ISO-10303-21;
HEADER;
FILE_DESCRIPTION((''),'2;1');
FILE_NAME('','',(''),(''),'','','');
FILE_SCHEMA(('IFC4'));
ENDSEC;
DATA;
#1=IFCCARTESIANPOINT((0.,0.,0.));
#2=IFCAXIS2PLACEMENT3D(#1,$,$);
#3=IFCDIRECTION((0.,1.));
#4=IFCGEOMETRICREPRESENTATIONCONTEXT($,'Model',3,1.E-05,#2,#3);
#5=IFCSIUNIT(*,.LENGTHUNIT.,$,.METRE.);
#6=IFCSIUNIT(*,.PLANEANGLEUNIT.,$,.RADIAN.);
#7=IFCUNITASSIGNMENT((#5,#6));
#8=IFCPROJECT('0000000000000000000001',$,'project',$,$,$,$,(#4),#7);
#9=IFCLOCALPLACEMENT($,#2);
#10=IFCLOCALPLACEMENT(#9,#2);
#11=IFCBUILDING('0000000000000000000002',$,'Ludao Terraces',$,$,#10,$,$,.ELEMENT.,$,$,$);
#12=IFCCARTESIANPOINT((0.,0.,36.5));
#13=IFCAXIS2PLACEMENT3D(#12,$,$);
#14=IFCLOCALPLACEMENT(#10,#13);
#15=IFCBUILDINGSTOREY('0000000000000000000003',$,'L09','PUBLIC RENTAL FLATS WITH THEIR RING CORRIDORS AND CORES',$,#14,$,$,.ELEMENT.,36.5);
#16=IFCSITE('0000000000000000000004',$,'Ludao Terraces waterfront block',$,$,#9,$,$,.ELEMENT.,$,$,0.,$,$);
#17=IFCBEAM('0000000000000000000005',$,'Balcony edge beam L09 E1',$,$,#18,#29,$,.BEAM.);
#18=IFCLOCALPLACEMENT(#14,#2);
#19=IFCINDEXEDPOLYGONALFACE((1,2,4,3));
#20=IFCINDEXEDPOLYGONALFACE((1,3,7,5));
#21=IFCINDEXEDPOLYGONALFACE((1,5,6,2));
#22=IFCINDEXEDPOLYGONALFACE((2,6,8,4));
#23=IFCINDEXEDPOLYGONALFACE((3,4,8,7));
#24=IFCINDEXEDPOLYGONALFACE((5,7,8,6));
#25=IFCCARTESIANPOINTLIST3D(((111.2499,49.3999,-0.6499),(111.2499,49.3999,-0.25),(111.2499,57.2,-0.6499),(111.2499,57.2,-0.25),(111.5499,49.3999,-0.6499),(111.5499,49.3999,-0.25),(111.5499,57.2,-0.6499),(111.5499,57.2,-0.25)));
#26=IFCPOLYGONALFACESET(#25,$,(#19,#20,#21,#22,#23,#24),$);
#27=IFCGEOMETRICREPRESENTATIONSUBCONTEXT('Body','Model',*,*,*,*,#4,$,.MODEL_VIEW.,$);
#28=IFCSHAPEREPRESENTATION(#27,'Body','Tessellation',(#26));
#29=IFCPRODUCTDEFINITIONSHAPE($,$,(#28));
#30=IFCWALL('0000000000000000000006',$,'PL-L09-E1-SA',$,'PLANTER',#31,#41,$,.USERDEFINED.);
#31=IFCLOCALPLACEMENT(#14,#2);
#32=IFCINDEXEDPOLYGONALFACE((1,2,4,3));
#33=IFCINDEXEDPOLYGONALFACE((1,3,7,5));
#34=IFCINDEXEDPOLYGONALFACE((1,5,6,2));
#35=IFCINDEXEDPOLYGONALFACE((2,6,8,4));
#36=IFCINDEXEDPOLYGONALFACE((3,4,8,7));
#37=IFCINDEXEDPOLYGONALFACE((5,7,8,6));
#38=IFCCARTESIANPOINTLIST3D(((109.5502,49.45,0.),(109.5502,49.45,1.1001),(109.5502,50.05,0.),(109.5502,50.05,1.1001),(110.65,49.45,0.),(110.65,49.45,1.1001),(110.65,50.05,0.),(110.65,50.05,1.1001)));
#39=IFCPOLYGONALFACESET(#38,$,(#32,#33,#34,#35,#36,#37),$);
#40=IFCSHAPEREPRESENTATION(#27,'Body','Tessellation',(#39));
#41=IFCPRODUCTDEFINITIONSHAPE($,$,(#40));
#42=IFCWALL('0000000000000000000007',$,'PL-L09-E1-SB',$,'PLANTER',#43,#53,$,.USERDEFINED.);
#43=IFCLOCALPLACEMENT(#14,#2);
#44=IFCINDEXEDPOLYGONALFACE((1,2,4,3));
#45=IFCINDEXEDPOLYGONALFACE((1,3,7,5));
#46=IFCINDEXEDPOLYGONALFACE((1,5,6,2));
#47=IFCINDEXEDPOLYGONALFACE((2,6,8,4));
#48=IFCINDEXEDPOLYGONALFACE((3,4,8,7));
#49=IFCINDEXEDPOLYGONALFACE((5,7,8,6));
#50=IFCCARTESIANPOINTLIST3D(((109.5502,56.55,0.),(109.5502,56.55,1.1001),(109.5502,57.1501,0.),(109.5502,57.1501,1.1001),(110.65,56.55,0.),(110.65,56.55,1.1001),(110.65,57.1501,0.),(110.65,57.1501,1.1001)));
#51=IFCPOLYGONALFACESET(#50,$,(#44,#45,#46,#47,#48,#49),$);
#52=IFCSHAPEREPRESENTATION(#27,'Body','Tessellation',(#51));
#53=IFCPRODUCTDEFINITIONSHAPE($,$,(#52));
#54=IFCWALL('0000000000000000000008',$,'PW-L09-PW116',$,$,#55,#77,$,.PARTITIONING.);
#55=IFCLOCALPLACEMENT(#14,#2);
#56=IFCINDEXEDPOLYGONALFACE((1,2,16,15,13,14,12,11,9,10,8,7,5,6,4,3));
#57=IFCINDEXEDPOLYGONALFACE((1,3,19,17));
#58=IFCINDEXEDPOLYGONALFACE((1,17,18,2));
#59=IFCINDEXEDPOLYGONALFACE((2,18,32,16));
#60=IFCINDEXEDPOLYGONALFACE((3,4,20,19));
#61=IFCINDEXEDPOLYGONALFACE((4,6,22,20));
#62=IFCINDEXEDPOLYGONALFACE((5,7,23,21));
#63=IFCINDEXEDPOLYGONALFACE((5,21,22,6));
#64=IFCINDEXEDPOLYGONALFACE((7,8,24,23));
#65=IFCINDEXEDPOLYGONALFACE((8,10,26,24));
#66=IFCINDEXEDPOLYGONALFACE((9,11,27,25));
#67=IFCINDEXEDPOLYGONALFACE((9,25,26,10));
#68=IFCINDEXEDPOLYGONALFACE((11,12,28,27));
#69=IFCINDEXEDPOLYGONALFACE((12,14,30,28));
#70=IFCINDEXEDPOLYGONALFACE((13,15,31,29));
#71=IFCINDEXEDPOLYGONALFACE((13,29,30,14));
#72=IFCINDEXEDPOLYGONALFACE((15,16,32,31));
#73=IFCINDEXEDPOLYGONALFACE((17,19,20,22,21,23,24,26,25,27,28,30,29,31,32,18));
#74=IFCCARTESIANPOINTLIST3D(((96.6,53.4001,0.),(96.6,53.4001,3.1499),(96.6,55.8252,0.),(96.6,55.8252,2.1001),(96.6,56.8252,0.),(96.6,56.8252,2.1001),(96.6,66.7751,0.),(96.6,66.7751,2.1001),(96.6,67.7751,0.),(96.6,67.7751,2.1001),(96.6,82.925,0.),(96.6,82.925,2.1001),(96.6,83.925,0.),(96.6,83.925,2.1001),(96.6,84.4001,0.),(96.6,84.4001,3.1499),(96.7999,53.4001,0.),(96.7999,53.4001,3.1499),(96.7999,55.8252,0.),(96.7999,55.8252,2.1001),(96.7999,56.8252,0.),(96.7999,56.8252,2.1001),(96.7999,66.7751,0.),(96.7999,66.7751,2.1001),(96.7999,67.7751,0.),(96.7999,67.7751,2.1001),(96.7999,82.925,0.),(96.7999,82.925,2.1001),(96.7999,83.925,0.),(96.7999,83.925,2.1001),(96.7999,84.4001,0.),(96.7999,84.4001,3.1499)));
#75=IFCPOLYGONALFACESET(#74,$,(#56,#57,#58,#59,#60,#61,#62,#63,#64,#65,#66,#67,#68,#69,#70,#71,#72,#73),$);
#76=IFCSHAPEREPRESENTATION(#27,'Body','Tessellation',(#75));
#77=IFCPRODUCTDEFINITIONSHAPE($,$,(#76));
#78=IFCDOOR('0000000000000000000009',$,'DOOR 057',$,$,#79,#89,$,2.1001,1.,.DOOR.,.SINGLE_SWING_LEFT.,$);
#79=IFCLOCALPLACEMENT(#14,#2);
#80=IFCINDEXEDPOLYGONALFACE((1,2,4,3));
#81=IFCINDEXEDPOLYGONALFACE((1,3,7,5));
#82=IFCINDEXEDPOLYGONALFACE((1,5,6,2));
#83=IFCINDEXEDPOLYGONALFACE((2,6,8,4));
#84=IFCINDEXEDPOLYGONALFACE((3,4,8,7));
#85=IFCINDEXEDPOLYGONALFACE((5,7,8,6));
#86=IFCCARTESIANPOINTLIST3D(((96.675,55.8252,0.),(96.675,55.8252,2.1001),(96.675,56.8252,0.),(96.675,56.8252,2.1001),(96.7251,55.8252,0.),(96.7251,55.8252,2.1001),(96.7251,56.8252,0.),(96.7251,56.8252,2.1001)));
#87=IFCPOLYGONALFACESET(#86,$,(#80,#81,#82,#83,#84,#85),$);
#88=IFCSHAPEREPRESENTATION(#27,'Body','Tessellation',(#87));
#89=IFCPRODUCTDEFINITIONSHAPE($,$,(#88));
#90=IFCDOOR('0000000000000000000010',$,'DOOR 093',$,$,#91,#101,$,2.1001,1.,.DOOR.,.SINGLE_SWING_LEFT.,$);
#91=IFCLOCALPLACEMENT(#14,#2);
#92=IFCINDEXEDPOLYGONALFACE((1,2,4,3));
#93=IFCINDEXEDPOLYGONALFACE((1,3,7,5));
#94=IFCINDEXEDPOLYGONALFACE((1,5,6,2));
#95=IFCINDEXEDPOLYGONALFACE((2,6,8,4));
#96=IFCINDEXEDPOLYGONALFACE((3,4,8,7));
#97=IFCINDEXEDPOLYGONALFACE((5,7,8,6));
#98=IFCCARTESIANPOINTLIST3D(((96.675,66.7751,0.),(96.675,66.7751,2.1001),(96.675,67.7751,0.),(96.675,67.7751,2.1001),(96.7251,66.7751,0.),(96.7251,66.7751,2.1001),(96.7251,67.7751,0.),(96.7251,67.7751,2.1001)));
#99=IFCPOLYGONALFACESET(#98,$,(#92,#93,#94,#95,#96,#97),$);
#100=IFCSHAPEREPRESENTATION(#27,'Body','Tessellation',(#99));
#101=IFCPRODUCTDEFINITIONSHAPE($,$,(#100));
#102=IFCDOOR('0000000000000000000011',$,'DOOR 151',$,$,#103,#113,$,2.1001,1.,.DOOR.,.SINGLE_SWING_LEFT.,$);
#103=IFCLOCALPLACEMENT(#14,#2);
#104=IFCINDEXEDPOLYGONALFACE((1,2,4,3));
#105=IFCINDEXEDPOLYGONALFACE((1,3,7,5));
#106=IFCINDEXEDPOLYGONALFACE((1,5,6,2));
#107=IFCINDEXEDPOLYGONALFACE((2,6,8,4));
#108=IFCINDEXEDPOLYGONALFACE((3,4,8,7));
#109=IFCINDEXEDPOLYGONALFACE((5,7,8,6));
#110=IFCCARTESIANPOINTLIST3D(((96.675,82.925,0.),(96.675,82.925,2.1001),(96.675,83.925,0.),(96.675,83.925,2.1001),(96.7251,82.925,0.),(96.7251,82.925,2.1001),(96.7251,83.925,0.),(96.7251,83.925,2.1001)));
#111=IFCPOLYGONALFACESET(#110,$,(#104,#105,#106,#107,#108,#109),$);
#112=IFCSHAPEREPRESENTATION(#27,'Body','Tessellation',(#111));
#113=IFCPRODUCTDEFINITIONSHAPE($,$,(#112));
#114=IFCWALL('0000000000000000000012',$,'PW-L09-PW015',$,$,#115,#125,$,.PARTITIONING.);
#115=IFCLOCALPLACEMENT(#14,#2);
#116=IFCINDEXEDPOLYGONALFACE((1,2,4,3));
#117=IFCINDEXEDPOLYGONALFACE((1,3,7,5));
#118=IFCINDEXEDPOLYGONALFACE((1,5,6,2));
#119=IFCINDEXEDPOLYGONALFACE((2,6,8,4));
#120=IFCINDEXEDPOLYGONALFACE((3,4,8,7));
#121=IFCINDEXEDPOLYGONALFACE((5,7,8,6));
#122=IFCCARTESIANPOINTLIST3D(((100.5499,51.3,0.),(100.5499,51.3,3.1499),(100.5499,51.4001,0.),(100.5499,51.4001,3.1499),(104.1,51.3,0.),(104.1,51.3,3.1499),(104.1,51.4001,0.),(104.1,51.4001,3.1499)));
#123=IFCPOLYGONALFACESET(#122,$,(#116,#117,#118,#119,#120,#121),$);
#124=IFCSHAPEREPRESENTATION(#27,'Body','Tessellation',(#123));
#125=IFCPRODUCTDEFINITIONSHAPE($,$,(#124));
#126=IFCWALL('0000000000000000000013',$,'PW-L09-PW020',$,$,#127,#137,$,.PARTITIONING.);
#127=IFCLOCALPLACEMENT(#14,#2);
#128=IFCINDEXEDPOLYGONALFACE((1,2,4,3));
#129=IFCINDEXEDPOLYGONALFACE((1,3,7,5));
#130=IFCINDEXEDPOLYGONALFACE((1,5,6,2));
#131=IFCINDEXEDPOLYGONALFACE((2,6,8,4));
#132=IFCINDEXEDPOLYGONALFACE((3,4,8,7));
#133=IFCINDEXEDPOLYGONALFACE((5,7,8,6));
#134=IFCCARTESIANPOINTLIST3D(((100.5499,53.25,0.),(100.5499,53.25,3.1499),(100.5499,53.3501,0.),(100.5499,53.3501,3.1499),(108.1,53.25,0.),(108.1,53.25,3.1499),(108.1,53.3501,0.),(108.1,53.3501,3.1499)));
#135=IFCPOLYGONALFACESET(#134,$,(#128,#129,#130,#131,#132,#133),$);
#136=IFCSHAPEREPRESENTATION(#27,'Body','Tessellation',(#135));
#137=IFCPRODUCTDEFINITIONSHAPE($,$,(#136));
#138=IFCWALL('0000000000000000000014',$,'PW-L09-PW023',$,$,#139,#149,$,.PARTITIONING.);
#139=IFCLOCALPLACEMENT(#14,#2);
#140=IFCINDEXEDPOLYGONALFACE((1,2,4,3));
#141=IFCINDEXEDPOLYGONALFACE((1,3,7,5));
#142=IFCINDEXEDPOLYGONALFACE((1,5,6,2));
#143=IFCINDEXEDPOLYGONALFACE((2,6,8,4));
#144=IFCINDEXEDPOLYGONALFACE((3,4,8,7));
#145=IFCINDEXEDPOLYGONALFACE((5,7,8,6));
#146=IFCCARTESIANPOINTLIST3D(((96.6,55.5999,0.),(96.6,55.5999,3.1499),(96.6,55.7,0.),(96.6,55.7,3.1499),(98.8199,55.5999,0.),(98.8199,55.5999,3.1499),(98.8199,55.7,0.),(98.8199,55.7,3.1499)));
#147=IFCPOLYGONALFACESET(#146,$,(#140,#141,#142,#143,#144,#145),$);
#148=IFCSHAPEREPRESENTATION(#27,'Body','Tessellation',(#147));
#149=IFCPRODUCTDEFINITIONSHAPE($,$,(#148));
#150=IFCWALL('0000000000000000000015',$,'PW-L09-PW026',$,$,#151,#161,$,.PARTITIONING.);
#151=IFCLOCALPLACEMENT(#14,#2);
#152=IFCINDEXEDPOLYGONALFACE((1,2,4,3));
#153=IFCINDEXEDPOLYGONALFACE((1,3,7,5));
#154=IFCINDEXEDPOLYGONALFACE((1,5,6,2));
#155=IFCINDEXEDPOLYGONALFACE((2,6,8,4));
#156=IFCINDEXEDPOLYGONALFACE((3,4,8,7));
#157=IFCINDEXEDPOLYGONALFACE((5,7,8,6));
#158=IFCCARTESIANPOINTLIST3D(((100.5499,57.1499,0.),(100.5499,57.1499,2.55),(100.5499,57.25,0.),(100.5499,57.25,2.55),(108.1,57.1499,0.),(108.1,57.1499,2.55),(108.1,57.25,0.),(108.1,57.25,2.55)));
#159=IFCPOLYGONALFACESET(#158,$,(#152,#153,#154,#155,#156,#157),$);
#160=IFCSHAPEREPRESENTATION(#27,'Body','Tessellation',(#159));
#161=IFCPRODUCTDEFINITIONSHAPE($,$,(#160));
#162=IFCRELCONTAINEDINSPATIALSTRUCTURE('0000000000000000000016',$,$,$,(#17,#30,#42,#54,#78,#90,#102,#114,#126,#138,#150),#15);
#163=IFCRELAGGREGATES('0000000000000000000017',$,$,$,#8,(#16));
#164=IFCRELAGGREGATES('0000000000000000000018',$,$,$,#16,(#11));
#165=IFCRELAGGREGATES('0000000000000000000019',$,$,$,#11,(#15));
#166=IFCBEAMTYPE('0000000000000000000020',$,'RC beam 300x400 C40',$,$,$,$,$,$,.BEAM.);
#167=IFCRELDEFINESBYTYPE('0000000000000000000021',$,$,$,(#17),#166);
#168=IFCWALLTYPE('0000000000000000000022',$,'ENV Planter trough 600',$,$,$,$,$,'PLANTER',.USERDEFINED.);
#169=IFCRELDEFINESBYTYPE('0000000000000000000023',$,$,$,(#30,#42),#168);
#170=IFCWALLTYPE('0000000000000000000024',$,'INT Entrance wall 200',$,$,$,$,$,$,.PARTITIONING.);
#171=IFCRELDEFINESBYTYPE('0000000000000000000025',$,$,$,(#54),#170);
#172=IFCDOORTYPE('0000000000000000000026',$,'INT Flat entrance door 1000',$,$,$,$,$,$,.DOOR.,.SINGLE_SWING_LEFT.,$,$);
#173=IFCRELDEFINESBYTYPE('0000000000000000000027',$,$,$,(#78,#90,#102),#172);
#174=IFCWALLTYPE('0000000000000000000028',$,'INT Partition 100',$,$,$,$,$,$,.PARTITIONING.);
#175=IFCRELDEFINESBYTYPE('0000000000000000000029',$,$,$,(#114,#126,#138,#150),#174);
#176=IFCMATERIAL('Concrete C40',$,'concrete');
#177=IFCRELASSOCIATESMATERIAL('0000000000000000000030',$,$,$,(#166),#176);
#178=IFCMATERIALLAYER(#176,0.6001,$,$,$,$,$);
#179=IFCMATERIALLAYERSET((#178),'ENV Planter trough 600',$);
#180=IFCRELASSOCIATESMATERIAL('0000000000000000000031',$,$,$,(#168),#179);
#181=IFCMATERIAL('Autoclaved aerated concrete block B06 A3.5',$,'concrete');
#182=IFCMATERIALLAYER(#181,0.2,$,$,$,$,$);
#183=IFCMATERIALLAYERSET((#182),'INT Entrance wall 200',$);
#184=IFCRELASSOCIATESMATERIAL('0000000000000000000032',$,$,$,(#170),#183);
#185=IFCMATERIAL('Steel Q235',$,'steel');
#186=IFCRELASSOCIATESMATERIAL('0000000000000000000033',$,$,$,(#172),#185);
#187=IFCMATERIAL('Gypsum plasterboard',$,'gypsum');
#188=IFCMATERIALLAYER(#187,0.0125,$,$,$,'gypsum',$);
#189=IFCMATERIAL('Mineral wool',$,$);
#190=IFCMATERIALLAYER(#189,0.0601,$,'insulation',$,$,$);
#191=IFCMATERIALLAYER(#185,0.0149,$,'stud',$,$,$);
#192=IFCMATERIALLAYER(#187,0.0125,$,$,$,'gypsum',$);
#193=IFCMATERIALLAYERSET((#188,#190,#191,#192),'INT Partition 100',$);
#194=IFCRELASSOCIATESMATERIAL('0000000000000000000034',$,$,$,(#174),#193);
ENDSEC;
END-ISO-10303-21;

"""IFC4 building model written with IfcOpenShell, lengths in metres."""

from ifc_helpers import new_model, si_unit, direction, frame, frame_2d, origin, origin_2d, place, context, subcontext, project, spatial, rectangle, extrude, material, layer, layer_set, material_profile, profile_set, type_object, element, fill, save


model = new_model("IFC4")

# Units and contexts
model_context = context("Model", 3, precision=1e-05, world=origin(), true_north=direction((0.0, 1.0)))
body_context = subcontext(model_context, "Body", "Model", "MODEL_VIEW")
ifc_project = project(units=[si_unit("LENGTHUNIT", "METRE"), si_unit("PLANEANGLEUNIT", "RADIAN")], contexts=[model_context])

# Site, building, storey
site_placement = place(None, origin())
site = spatial("IfcSite", under=ifc_project, at=site_placement, Name="Ludao Terraces waterfront block", CompositionType="ELEMENT", RefElevation=0.0)
building_placement = place(site_placement, origin())
building = spatial("IfcBuilding", under=site, at=building_placement, Name="Ludao Terraces", CompositionType="ELEMENT")
storey_placement = place(building_placement, frame((0.0, 0.0, 36.5)))
storey = spatial("IfcBuildingStorey", under=building, at=storey_placement, Name="L09", Description="PUBLIC RENTAL FLATS WITH THEIR RING CORRIDORS AND CORES", CompositionType="ELEMENT", Elevation=36.5)

# Beam
ifc_material_1 = material(Name="Concrete C40", Category="concrete")
ifc_material_profile = material_profile(ifc_material_1, rectangle(XDim=0.3, YDim=0.3999, at=origin_2d()), Name="300 X 400")
ifc_profile_set = profile_set([ifc_material_profile], Name="Concrete C40")
beam_type = type_object("IfcBeamType", Name="RC beam 300x400 C40", PredefinedType="BEAM", material=ifc_profile_set)
beam_placement = place(storey_placement, frame((111.3999, 49.3999, -0.45), z_axis=(0.0, 1.0, 0.0), x_axis=(-1.0, 0.0, 0.0)))
element("IfcBeam", 1, at=beam_placement, inside=storey, type_object=beam_type, Name="Balcony edge beam L09 E1", PredefinedType="BEAM", context=body_context, shape_type="SweptSolid", body=[
    extrude(rectangle(XDim=0.3, YDim=0.3999, at=origin_2d()), origin(), (0.0, 0.0, 1.0), 7.8),
])

# Walls
ifc_layer_1 = layer(ifc_material_1, 0.6001)
ifc_layer_set_1 = layer_set([ifc_layer_1], Name="ENV Planter trough 600")
wall_type_1 = type_object("IfcWallType", Name="ENV Planter trough 600", ElementType="PLANTER", PredefinedType="USERDEFINED", material=ifc_layer_set_1)
for number, where, z_axis, x_axis, name in (
    (2, (110.6499, 49.75, 0.0), (0.0, 0.0, 1.0), (-1.0, 0.0, 0.0), "PL-L09-E1-SA"),
    (3, (110.6499, 56.8501, 0.0), (0.0, 0.0, 1.0), (-1.0, 0.0, 0.0), "PL-L09-E1-SB"),
):
    element("IfcWall", number, at=place(storey_placement, frame(where, z_axis=z_axis, x_axis=x_axis)), inside=storey, type_object=wall_type_1, Name=name, ObjectType="PLANTER", PredefinedType="USERDEFINED", context=body_context, shape_type="SweptSolid", body=[
        extrude(rectangle(XDim=1.0999, YDim=0.6001, at=frame_2d((0.5498, 0.0))), origin(), (0.0, 0.0, 1.0), 1.1001),
    ])

# Shared definitions
ifc_material_2 = material(Name="Mineral wool")

# Wall, openings, doors
ifc_material_3 = material(Name="Autoclaved aerated concrete block B06 A3.5", Category="concrete")
ifc_layer_2 = layer(ifc_material_3, 0.2)
ifc_layer_set_2 = layer_set([ifc_layer_2], Name="INT Entrance wall 200")
wall_type_2 = type_object("IfcWallType", Name="INT Entrance wall 200", PredefinedType="PARTITIONING", material=ifc_layer_set_2)
wall_1_placement = place(storey_placement, frame((96.7, 53.4001, 0.0), z_axis=(0.0, 0.0, 1.0), x_axis=(0.0, 1.0, 0.0)))
wall_1 = element("IfcWall", 4, at=wall_1_placement, inside=storey, type_object=wall_type_2, Name="PW-L09-PW116", PredefinedType="PARTITIONING", context=body_context, shape_type="SweptSolid", body=[
    extrude(rectangle(XDim=31.0, YDim=0.2, at=frame_2d((15.5, 0.0))), origin(), (0.0, 0.0, 1.0), 3.1499),
])
opening_1_placement = place(wall_1_placement, frame((2.425, 0.0, 0.0)))
opening_1 = element("IfcOpeningElement", 5, at=opening_1_placement, cuts=wall_1, PredefinedType="OPENING", context=body_context, shape_type="SweptSolid", body=[
    extrude(rectangle(XDim=1.0, YDim=2.1001, at=frame_2d((0.5, 1.05))), frame((0.0, 0.1099, 0.0), z_axis=(0.0, -1.0, 0.0), x_axis=(1.0, 0.0, 0.0)), (0.0, 0.0, 1.0), 0.22),
])
opening_2_placement = place(wall_1_placement, frame((13.375, 0.0, 0.0)))
opening_2 = element("IfcOpeningElement", 6, at=opening_2_placement, cuts=wall_1, PredefinedType="OPENING", context=body_context, shape_type="SweptSolid", body=[
    extrude(rectangle(XDim=1.0, YDim=2.1001, at=frame_2d((0.5, 1.05))), frame((0.0, 0.1099, 0.0), z_axis=(0.0, -1.0, 0.0), x_axis=(1.0, 0.0, 0.0)), (0.0, 0.0, 1.0), 0.22),
])
opening_3_placement = place(wall_1_placement, frame((29.5249, 0.0, 0.0)))
opening_3 = element("IfcOpeningElement", 7, at=opening_3_placement, cuts=wall_1, PredefinedType="OPENING", context=body_context, shape_type="SweptSolid", body=[
    extrude(rectangle(XDim=1.0, YDim=2.1001, at=frame_2d((0.5, 1.05))), frame((0.0, 0.1099, 0.0), z_axis=(0.0, -1.0, 0.0), x_axis=(1.0, 0.0, 0.0)), (0.0, 0.0, 1.0), 0.22),
])
ifc_material_4 = material(Name="Steel Q235", Category="steel")
door_type_1 = type_object("IfcDoorType", Name="INT Flat entrance door 1000", OperationType="SINGLE_SWING_LEFT", PredefinedType="DOOR", material=ifc_material_4)
door_1_placement = place(opening_1_placement, origin())
door_1 = element("IfcDoor", 8, at=door_1_placement, inside=storey, type_object=door_type_1, Name="DOOR 057", OperationType="SINGLE_SWING_LEFT", OverallHeight=2.1001, OverallWidth=1.0, PredefinedType="DOOR", context=body_context, shape_type="SweptSolid", body=[
    extrude(rectangle(XDim=1.0, YDim=2.1001, at=frame_2d((0.5, 1.05))), frame((0.0, 0.0249, 0.0), z_axis=(0.0, -1.0, 0.0), x_axis=(1.0, 0.0, 0.0)), (0.0, 0.0, 1.0), 0.05),
])
fill(opening_1, door_1)
door_2_placement = place(opening_2_placement, origin())
door_2 = element("IfcDoor", 9, at=door_2_placement, inside=storey, type_object=door_type_1, Name="DOOR 093", OperationType="SINGLE_SWING_LEFT", OverallHeight=2.1001, OverallWidth=1.0, PredefinedType="DOOR", context=body_context, shape_type="SweptSolid", body=[
    extrude(rectangle(XDim=1.0, YDim=2.1001, at=frame_2d((0.5, 1.05))), frame((0.0, 0.0249, 0.0), z_axis=(0.0, -1.0, 0.0), x_axis=(1.0, 0.0, 0.0)), (0.0, 0.0, 1.0), 0.05),
])
fill(opening_2, door_2)
door_3_placement = place(opening_3_placement, origin())
door_3 = element("IfcDoor", 10, at=door_3_placement, inside=storey, type_object=door_type_1, Name="DOOR 151", OperationType="SINGLE_SWING_LEFT", OverallHeight=2.1001, OverallWidth=1.0, PredefinedType="DOOR", context=body_context, shape_type="SweptSolid", body=[
    extrude(rectangle(XDim=1.0, YDim=2.1001, at=frame_2d((0.5, 1.05))), frame((0.0, 0.0249, 0.0), z_axis=(0.0, -1.0, 0.0), x_axis=(1.0, 0.0, 0.0)), (0.0, 0.0, 1.0), 0.05),
])
fill(opening_3, door_3)

# Walls
ifc_material_5 = material(Name="Gypsum plasterboard", Category="gypsum")
ifc_layer_3 = layer(ifc_material_5, 0.0125, Category="gypsum")
ifc_layer_4 = layer(ifc_material_2, 0.0601, Name="insulation")
ifc_layer_5 = layer(ifc_material_4, 0.0149, Name="stud")
ifc_layer_6 = layer(ifc_material_5, 0.0125, Category="gypsum")
ifc_layer_set_3 = layer_set([ifc_layer_3, ifc_layer_4, ifc_layer_5, ifc_layer_6], Name="INT Partition 100")
wall_type_3 = type_object("IfcWallType", Name="INT Partition 100", PredefinedType="PARTITIONING", material=ifc_layer_set_3)
wall_2_placement = place(storey_placement, frame((100.55, 51.3501, 0.0), z_axis=(0.0, 0.0, 1.0), x_axis=(1.0, 0.0, 0.0)))
element("IfcWall", 11, at=wall_2_placement, inside=storey, type_object=wall_type_3, Name="PW-L09-PW015", PredefinedType="PARTITIONING", context=body_context, shape_type="SweptSolid", body=[
    extrude(rectangle(XDim=3.55, YDim=0.1001, at=frame_2d((1.7749, 0.0))), origin(), (0.0, 0.0, 1.0), 3.1499),
])
wall_3_placement = place(storey_placement, frame((100.55, 53.3, 0.0), z_axis=(0.0, 0.0, 1.0), x_axis=(1.0, 0.0, 0.0)))
element("IfcWall", 12, at=wall_3_placement, inside=storey, type_object=wall_type_3, Name="PW-L09-PW020", PredefinedType="PARTITIONING", context=body_context, shape_type="SweptSolid", body=[
    extrude(rectangle(XDim=7.55, YDim=0.1001, at=frame_2d((3.7749, 0.0))), origin(), (0.0, 0.0, 1.0), 3.1499),
])
wall_4_placement = place(storey_placement, frame((96.6001, 55.6499, 0.0), z_axis=(0.0, 0.0, 1.0), x_axis=(1.0, 0.0, 0.0)))
element("IfcWall", 13, at=wall_4_placement, inside=storey, type_object=wall_type_3, Name="PW-L09-PW023", PredefinedType="PARTITIONING", context=body_context, shape_type="SweptSolid", body=[
    extrude(rectangle(XDim=2.22, YDim=0.1001, at=frame_2d((1.1099, 0.0))), origin(), (0.0, 0.0, 1.0), 3.1499),
])
wall_5_placement = place(storey_placement, frame((100.55, 57.2, 0.0), z_axis=(0.0, 0.0, 1.0), x_axis=(1.0, 0.0, 0.0)))
element("IfcWall", 14, at=wall_5_placement, inside=storey, type_object=wall_type_3, Name="PW-L09-PW026", PredefinedType="PARTITIONING", context=body_context, shape_type="SweptSolid", body=[
    extrude(rectangle(XDim=7.55, YDim=0.1001, at=frame_2d((3.7749, 0.0))), origin(), (0.0, 0.0, 1.0), 2.55),
])

save(model, "model.ifc")
